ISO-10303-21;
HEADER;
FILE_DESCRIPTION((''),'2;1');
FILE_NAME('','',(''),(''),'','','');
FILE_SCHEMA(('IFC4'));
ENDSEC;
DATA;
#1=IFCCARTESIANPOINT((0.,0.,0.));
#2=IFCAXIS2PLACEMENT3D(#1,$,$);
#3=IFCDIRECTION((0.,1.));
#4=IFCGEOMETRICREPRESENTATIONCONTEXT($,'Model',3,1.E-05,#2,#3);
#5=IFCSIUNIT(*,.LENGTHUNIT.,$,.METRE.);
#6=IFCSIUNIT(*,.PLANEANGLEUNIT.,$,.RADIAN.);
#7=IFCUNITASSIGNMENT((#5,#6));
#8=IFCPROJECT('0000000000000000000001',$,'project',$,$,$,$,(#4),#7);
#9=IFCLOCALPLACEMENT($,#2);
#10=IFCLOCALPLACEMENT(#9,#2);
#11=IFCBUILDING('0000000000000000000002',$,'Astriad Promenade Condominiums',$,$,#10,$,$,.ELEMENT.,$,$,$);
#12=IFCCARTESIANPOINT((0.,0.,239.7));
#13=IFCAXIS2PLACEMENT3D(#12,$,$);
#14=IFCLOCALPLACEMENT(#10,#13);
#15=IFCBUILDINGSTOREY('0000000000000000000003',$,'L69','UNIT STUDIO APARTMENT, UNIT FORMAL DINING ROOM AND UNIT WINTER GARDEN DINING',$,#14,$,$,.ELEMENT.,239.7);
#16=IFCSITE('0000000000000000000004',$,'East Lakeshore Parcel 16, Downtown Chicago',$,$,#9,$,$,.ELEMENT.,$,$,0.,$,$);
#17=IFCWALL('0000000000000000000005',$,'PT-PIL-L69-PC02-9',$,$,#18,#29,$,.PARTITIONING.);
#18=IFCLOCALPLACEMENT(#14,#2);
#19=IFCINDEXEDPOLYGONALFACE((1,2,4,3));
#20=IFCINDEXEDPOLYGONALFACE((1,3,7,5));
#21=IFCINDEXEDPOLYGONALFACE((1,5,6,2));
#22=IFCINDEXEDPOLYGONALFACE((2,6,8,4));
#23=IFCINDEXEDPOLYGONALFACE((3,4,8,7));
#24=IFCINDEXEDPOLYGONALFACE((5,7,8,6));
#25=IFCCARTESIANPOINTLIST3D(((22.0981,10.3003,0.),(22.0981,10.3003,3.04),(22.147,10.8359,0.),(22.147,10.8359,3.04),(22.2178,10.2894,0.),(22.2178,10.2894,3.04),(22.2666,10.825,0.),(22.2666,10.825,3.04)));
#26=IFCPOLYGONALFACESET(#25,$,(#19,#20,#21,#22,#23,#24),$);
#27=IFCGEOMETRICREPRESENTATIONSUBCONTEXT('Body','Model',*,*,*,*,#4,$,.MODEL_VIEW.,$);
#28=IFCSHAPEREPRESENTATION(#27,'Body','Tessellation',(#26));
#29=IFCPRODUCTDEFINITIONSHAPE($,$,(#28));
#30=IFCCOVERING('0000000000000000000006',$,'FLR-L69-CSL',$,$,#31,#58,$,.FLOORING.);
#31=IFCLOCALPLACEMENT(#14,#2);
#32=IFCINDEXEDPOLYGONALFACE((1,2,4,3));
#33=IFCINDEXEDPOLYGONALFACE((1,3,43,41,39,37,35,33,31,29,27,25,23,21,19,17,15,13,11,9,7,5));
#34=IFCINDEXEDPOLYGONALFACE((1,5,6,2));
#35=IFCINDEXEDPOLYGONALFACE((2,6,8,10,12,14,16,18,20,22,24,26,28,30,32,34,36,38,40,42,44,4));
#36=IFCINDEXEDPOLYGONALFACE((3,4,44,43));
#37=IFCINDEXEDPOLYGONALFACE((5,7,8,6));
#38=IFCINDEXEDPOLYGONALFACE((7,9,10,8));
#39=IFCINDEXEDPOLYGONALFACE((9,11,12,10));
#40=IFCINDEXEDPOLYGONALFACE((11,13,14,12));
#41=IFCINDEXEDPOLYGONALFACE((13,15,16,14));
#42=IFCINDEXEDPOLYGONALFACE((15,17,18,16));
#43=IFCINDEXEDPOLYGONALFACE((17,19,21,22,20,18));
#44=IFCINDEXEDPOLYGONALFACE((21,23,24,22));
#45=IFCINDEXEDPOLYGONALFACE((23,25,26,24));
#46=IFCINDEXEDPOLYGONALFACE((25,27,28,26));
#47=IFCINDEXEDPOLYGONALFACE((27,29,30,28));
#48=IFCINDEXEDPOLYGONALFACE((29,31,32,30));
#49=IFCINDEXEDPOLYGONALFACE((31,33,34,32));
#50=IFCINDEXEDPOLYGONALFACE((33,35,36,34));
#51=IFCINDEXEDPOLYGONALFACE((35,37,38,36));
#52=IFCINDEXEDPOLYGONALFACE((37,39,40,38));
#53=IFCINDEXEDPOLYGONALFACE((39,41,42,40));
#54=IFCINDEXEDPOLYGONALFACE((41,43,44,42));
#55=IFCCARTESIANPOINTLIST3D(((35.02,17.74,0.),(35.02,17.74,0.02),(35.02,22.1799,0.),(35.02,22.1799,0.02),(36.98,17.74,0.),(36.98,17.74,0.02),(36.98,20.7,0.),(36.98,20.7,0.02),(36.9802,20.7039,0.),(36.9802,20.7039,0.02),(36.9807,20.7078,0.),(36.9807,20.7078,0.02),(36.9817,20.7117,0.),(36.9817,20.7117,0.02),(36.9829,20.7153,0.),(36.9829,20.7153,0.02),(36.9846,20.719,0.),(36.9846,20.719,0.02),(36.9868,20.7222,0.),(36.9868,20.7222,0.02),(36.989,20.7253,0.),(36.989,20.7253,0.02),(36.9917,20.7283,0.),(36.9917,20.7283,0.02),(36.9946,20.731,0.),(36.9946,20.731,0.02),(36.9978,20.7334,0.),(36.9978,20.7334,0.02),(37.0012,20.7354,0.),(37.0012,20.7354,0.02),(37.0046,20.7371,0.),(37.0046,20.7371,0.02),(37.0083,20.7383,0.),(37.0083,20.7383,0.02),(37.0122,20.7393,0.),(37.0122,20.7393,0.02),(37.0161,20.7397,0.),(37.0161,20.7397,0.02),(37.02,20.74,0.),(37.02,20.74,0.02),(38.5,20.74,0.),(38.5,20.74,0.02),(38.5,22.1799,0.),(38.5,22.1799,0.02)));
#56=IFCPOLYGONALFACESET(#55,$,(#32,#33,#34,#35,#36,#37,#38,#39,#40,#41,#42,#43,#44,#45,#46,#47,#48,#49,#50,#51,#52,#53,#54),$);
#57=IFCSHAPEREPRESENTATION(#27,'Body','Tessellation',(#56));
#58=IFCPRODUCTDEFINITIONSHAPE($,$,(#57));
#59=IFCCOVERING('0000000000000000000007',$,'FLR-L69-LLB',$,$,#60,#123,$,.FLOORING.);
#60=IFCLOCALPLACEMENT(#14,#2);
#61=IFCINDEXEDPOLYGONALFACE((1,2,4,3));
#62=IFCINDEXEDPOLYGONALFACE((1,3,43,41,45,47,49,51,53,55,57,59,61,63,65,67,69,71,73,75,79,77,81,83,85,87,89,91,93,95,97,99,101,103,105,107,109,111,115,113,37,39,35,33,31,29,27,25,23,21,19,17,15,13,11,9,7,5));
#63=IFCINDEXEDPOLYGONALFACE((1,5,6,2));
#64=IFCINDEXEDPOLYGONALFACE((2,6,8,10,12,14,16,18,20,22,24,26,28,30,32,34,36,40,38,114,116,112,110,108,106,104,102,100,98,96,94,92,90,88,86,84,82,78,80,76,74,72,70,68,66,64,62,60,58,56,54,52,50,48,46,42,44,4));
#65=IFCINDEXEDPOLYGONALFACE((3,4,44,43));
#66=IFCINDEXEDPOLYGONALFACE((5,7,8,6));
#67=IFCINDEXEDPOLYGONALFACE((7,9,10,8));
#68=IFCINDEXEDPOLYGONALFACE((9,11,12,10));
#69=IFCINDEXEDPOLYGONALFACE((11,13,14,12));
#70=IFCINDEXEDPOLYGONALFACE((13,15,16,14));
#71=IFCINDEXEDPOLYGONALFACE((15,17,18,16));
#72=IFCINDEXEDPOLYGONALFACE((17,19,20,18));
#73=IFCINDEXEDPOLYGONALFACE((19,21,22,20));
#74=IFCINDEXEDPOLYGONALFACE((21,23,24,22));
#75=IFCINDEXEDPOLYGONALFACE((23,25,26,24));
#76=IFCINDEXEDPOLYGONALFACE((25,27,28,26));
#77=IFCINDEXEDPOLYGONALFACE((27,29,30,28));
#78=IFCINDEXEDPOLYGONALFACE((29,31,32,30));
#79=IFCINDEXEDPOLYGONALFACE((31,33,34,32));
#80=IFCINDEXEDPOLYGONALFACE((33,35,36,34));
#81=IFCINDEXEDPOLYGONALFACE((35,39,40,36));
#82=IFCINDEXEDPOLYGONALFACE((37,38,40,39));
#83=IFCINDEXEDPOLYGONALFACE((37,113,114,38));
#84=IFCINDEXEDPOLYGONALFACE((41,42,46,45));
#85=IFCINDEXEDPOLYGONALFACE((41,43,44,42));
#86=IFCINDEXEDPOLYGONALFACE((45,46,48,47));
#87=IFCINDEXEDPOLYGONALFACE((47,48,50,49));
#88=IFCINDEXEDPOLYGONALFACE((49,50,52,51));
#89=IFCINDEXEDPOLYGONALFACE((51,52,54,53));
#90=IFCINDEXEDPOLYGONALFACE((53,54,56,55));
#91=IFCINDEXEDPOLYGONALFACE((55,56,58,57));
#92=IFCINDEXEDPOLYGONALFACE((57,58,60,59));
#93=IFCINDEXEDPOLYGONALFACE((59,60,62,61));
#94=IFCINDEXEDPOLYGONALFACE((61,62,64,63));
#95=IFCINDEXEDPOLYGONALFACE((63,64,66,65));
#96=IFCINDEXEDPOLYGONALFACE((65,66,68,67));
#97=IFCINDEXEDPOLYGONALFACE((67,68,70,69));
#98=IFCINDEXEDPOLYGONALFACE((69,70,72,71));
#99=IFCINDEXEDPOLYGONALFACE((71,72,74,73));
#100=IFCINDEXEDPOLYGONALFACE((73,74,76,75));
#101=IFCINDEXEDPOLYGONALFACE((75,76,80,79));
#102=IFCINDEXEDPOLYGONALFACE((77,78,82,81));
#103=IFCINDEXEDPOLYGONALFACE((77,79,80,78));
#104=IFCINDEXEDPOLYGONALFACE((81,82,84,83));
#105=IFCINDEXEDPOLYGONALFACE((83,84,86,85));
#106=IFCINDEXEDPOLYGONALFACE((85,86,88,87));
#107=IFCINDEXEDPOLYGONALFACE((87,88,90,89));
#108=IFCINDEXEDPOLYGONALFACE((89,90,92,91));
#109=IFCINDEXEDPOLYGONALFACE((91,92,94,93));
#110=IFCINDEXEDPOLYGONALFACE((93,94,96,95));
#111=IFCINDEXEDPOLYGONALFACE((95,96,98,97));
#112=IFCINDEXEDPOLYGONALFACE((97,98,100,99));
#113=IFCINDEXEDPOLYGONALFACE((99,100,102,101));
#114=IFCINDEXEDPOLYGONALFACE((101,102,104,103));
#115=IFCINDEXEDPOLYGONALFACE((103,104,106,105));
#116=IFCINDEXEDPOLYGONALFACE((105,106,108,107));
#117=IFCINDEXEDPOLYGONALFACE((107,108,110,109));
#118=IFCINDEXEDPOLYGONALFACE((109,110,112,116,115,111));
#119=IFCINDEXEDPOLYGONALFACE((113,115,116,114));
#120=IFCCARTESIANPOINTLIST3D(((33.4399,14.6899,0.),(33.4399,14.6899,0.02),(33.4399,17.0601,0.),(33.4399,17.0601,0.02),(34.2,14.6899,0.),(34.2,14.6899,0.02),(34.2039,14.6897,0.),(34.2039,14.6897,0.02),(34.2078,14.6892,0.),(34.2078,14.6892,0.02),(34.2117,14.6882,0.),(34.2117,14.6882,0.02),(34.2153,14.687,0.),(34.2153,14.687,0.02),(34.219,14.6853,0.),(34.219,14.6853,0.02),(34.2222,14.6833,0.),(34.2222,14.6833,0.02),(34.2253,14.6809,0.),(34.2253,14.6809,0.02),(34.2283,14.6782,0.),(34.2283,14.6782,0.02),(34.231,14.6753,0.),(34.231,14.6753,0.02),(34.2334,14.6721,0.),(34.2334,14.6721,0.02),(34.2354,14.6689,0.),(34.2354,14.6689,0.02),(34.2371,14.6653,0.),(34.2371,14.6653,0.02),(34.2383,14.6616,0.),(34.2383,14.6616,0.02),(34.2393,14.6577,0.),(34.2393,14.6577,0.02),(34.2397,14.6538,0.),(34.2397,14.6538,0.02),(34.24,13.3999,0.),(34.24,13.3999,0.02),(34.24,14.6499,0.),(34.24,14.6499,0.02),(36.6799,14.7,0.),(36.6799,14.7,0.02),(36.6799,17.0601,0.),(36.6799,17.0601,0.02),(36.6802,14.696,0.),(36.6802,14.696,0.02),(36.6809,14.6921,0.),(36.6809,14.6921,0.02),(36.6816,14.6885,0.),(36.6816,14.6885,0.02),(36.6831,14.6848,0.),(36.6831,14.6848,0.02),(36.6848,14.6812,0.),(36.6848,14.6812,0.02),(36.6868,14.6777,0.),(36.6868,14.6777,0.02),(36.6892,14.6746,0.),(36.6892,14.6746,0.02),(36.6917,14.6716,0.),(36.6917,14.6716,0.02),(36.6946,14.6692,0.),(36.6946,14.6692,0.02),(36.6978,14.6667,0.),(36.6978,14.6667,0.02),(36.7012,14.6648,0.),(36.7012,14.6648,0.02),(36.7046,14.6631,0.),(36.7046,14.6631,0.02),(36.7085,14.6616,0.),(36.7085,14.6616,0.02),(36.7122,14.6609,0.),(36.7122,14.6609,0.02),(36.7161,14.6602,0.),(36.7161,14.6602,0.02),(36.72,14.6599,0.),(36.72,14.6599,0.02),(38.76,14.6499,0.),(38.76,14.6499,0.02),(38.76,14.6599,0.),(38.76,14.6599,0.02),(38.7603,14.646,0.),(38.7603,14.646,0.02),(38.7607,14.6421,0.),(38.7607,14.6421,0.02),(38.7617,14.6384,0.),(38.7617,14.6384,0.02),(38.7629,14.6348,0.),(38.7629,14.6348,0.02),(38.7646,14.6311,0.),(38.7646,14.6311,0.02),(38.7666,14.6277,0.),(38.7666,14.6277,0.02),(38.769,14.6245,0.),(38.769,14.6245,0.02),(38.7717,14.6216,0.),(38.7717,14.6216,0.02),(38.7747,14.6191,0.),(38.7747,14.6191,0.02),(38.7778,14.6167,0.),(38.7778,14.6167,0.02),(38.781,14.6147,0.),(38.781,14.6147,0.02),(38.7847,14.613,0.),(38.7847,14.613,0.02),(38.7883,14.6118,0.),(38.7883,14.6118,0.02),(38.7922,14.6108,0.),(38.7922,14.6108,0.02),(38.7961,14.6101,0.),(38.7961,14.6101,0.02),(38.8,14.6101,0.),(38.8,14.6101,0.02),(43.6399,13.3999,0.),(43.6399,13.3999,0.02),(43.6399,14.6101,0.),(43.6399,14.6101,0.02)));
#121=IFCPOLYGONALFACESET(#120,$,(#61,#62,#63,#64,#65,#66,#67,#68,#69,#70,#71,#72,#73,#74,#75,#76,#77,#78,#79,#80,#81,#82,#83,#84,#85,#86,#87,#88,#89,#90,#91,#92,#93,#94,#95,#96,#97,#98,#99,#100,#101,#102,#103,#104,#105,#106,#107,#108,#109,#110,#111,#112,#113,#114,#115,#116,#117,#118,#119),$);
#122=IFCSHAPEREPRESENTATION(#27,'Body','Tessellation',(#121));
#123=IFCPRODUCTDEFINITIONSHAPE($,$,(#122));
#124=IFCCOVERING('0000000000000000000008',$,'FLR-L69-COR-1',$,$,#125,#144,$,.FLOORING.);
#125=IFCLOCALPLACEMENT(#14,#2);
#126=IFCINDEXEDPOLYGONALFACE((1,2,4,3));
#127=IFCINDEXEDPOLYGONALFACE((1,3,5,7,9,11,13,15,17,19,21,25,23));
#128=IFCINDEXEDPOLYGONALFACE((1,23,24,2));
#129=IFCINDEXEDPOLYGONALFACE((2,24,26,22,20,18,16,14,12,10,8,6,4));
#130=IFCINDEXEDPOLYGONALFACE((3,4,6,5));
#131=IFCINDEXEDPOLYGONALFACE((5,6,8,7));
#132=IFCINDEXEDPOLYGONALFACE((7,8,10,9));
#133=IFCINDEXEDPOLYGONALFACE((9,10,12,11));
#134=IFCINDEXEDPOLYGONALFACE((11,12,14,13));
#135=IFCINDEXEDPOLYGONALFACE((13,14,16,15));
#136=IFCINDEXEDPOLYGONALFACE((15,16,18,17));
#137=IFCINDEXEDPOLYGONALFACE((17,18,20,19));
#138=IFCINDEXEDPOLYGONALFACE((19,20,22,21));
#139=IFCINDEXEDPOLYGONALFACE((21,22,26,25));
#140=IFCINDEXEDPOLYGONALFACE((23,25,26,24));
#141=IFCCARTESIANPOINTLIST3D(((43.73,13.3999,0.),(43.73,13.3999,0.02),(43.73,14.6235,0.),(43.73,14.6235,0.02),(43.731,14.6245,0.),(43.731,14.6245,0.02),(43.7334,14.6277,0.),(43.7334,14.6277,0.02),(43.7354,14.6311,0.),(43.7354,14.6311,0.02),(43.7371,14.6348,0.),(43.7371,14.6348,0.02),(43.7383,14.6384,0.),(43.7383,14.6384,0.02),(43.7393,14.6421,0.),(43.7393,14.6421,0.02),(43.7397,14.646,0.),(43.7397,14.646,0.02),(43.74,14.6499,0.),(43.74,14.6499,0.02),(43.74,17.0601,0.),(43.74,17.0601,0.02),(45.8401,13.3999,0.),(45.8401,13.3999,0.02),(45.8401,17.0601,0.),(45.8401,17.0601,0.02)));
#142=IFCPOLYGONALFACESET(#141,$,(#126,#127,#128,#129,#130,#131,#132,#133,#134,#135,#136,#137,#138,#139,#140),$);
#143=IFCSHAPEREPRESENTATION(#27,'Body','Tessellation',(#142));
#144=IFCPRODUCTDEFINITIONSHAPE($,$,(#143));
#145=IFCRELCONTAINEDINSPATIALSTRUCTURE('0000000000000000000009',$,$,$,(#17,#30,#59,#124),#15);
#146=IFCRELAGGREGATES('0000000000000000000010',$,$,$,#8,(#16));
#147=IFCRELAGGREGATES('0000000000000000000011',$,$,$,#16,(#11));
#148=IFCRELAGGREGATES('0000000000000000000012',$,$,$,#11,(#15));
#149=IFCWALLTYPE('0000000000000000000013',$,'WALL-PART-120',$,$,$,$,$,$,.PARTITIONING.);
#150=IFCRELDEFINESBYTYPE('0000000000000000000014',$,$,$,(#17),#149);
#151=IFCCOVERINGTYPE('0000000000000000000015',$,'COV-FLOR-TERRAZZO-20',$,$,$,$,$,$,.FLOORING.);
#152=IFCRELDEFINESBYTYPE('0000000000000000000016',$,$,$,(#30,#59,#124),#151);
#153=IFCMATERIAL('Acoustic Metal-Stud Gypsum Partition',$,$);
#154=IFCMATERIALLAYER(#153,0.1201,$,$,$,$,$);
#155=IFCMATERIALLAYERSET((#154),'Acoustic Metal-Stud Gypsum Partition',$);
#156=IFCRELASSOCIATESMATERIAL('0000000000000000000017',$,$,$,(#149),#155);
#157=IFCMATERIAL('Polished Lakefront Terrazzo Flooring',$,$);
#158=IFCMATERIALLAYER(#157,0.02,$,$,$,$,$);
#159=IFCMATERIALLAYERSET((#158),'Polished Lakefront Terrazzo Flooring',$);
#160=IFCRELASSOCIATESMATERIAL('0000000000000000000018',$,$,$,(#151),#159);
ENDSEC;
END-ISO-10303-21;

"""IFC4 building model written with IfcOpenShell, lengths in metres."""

from ifc_helpers import new_model, si_unit, direction, frame, frame_2d, origin, place, context, subcontext, project, spatial, polyline, rectangle, outline, extrude, material, layer, layer_set, type_object, element, save


model = new_model("IFC4")

# Units and contexts
model_context = context("Model", 3, precision=1e-05, world=origin(), true_north=direction((0.0, 1.0)))
body_context = subcontext(model_context, "Body", "Model", "MODEL_VIEW")
ifc_project = project(units=[si_unit("LENGTHUNIT", "METRE"), si_unit("PLANEANGLEUNIT", "RADIAN")], contexts=[model_context])

# Site, building, storey
site_placement = place(None, origin())
site = spatial("IfcSite", under=ifc_project, at=site_placement, Name="East Lakeshore Parcel 16, Downtown Chicago", CompositionType="ELEMENT", RefElevation=0.0)
building_placement = place(site_placement, origin())
building = spatial("IfcBuilding", under=site, at=building_placement, Name="Astriad Promenade Condominiums", CompositionType="ELEMENT")
storey_placement = place(building_placement, frame((0.0, 0.0, 239.7)))
storey = spatial("IfcBuildingStorey", under=building, at=storey_placement, Name="L69", Description="UNIT STUDIO APARTMENT, UNIT FORMAL DINING ROOM AND UNIT WINTER GARDEN DINING", CompositionType="ELEMENT", Elevation=239.7)

# Shared definitions
ifc_material_1 = material(Name="Acoustic Metal-Stud Gypsum Partition")
ifc_layer_1 = layer(ifc_material_1, 0.1201)
ifc_layer_set_1 = layer_set([ifc_layer_1], Name="Acoustic Metal-Stud Gypsum Partition")
wall_type_1 = type_object("IfcWallType", Name="WALL-PART-120", PredefinedType="PARTITIONING", material=ifc_layer_set_1)

# Wall
wall_1_placement = place(storey_placement, frame((22.2068, 10.8306, 0.0), z_axis=(0.0, 0.0, 1.0), x_axis=(-0.090781, -0.995871, 0.0)))
element("IfcWall", 1, at=wall_1_placement, inside=storey, type_object=wall_type_1, Name="PT-PIL-L69-PC02-9", PredefinedType="PARTITIONING", context=body_context, shape_type="SweptSolid", body=[
    extrude(rectangle(XDim=0.5378, YDim=0.1201, at=frame_2d((0.269, 0.0))), origin(), (0.0, 0.0, 1.0), 3.04),
])

# Coverings
ifc_material_2 = material(Name="Polished Lakefront Terrazzo Flooring")
ifc_layer_2 = layer(ifc_material_2, 0.02)
ifc_layer_set_2 = layer_set([ifc_layer_2], Name="Polished Lakefront Terrazzo Flooring")
covering_type = type_object("IfcCoveringType", Name="COV-FLOR-TERRAZZO-20", PredefinedType="FLOORING", material=ifc_layer_set_2)
covering_1_placement = place(storey_placement, origin())
element("IfcCovering", 2, at=covering_1_placement, inside=storey, type_object=covering_type, Name="FLR-L69-CSL", PredefinedType="FLOORING", context=body_context, shape_type="SweptSolid", body=[
    extrude(outline(polyline([(36.98, 20.7), (36.98, 17.74), (35.02, 17.74), (35.02, 22.1799), (38.5, 22.1799), (38.5, 20.74), (37.02, 20.74), (37.0161, 20.7397), (37.0122, 20.7393), (37.0083, 20.7383), (37.0046, 20.7371), (37.0012, 20.7354), (36.9978, 20.7334), (36.9946, 20.731), (36.9917, 20.7283), (36.989, 20.7253), (36.9868, 20.7222), (36.9846, 20.719), (36.9829, 20.7153), (36.9817, 20.7117), (36.9807, 20.7078), (36.9802, 20.7039), (36.98, 20.7)])), origin(), (0.0, 0.0, 1.0), 0.02),
])
covering_2_placement = place(storey_placement, origin())
element("IfcCovering", 3, at=covering_2_placement, inside=storey, type_object=covering_type, Name="FLR-L69-LLB", PredefinedType="FLOORING", context=body_context, shape_type="SweptSolid", body=[
    extrude(outline(polyline([(43.6399, 14.6101), (43.6399, 13.3999), (34.24, 13.3999), (34.24, 14.6499), (34.2397, 14.6538), (34.2393, 14.6577), (34.2383, 14.6616), (34.2371, 14.6653), (34.2354, 14.6689), (34.2334, 14.6721), (34.231, 14.6753), (34.2283, 14.6782), (34.2253, 14.6809), (34.2222, 14.6833), (34.219, 14.6853), (34.2153, 14.687), (34.2117, 14.6882), (34.2078, 14.6892), (34.2039, 14.6897), (34.2, 14.6899), (33.4399, 14.6899), (33.4399, 17.0601), (36.6799, 17.0601), (36.6799, 14.7), (36.6802, 14.696), (36.6809, 14.6921), (36.6816, 14.6885), (36.6831, 14.6848), (36.6848, 14.6812), (36.6868, 14.6777), (36.6892, 14.6746), (36.6917, 14.6716), (36.6946, 14.6692), (36.6978, 14.6667), (36.7012, 14.6648), (36.7046, 14.6631), (36.7085, 14.6616), (36.7122, 14.6609), (36.7161, 14.6602), (36.72, 14.6599), (38.76, 14.6599), (38.76, 14.6499), (38.7603, 14.646), (38.7607, 14.6421), (38.7617, 14.6384), (38.7629, 14.6348), (38.7646, 14.6311), (38.7666, 14.6277), (38.769, 14.6245), (38.7717, 14.6216), (38.7747, 14.6191), (38.7778, 14.6167), (38.781, 14.6147), (38.7847, 14.613), (38.7883, 14.6118), (38.7922, 14.6108), (38.7961, 14.6101), (38.8, 14.6101), (43.6399, 14.6101)])), origin(), (0.0, 0.0, 1.0), 0.02),
])
covering_3_placement = place(storey_placement, origin())
element("IfcCovering", 4, at=covering_3_placement, inside=storey, type_object=covering_type, Name="FLR-L69-COR-1", PredefinedType="FLOORING", context=body_context, shape_type="SweptSolid", body=[
    extrude(outline(polyline([(43.73, 13.3999), (43.73, 14.6235), (43.731, 14.6245), (43.7334, 14.6277), (43.7354, 14.6311), (43.7371, 14.6348), (43.7383, 14.6384), (43.7393, 14.6421), (43.7397, 14.646), (43.74, 14.6499), (43.74, 17.0601), (45.8401, 17.0601), (45.8401, 13.3999), (43.73, 13.3999)])), origin(), (0.0, 0.0, 1.0), 0.02),
])

save(model, "model.ifc")
